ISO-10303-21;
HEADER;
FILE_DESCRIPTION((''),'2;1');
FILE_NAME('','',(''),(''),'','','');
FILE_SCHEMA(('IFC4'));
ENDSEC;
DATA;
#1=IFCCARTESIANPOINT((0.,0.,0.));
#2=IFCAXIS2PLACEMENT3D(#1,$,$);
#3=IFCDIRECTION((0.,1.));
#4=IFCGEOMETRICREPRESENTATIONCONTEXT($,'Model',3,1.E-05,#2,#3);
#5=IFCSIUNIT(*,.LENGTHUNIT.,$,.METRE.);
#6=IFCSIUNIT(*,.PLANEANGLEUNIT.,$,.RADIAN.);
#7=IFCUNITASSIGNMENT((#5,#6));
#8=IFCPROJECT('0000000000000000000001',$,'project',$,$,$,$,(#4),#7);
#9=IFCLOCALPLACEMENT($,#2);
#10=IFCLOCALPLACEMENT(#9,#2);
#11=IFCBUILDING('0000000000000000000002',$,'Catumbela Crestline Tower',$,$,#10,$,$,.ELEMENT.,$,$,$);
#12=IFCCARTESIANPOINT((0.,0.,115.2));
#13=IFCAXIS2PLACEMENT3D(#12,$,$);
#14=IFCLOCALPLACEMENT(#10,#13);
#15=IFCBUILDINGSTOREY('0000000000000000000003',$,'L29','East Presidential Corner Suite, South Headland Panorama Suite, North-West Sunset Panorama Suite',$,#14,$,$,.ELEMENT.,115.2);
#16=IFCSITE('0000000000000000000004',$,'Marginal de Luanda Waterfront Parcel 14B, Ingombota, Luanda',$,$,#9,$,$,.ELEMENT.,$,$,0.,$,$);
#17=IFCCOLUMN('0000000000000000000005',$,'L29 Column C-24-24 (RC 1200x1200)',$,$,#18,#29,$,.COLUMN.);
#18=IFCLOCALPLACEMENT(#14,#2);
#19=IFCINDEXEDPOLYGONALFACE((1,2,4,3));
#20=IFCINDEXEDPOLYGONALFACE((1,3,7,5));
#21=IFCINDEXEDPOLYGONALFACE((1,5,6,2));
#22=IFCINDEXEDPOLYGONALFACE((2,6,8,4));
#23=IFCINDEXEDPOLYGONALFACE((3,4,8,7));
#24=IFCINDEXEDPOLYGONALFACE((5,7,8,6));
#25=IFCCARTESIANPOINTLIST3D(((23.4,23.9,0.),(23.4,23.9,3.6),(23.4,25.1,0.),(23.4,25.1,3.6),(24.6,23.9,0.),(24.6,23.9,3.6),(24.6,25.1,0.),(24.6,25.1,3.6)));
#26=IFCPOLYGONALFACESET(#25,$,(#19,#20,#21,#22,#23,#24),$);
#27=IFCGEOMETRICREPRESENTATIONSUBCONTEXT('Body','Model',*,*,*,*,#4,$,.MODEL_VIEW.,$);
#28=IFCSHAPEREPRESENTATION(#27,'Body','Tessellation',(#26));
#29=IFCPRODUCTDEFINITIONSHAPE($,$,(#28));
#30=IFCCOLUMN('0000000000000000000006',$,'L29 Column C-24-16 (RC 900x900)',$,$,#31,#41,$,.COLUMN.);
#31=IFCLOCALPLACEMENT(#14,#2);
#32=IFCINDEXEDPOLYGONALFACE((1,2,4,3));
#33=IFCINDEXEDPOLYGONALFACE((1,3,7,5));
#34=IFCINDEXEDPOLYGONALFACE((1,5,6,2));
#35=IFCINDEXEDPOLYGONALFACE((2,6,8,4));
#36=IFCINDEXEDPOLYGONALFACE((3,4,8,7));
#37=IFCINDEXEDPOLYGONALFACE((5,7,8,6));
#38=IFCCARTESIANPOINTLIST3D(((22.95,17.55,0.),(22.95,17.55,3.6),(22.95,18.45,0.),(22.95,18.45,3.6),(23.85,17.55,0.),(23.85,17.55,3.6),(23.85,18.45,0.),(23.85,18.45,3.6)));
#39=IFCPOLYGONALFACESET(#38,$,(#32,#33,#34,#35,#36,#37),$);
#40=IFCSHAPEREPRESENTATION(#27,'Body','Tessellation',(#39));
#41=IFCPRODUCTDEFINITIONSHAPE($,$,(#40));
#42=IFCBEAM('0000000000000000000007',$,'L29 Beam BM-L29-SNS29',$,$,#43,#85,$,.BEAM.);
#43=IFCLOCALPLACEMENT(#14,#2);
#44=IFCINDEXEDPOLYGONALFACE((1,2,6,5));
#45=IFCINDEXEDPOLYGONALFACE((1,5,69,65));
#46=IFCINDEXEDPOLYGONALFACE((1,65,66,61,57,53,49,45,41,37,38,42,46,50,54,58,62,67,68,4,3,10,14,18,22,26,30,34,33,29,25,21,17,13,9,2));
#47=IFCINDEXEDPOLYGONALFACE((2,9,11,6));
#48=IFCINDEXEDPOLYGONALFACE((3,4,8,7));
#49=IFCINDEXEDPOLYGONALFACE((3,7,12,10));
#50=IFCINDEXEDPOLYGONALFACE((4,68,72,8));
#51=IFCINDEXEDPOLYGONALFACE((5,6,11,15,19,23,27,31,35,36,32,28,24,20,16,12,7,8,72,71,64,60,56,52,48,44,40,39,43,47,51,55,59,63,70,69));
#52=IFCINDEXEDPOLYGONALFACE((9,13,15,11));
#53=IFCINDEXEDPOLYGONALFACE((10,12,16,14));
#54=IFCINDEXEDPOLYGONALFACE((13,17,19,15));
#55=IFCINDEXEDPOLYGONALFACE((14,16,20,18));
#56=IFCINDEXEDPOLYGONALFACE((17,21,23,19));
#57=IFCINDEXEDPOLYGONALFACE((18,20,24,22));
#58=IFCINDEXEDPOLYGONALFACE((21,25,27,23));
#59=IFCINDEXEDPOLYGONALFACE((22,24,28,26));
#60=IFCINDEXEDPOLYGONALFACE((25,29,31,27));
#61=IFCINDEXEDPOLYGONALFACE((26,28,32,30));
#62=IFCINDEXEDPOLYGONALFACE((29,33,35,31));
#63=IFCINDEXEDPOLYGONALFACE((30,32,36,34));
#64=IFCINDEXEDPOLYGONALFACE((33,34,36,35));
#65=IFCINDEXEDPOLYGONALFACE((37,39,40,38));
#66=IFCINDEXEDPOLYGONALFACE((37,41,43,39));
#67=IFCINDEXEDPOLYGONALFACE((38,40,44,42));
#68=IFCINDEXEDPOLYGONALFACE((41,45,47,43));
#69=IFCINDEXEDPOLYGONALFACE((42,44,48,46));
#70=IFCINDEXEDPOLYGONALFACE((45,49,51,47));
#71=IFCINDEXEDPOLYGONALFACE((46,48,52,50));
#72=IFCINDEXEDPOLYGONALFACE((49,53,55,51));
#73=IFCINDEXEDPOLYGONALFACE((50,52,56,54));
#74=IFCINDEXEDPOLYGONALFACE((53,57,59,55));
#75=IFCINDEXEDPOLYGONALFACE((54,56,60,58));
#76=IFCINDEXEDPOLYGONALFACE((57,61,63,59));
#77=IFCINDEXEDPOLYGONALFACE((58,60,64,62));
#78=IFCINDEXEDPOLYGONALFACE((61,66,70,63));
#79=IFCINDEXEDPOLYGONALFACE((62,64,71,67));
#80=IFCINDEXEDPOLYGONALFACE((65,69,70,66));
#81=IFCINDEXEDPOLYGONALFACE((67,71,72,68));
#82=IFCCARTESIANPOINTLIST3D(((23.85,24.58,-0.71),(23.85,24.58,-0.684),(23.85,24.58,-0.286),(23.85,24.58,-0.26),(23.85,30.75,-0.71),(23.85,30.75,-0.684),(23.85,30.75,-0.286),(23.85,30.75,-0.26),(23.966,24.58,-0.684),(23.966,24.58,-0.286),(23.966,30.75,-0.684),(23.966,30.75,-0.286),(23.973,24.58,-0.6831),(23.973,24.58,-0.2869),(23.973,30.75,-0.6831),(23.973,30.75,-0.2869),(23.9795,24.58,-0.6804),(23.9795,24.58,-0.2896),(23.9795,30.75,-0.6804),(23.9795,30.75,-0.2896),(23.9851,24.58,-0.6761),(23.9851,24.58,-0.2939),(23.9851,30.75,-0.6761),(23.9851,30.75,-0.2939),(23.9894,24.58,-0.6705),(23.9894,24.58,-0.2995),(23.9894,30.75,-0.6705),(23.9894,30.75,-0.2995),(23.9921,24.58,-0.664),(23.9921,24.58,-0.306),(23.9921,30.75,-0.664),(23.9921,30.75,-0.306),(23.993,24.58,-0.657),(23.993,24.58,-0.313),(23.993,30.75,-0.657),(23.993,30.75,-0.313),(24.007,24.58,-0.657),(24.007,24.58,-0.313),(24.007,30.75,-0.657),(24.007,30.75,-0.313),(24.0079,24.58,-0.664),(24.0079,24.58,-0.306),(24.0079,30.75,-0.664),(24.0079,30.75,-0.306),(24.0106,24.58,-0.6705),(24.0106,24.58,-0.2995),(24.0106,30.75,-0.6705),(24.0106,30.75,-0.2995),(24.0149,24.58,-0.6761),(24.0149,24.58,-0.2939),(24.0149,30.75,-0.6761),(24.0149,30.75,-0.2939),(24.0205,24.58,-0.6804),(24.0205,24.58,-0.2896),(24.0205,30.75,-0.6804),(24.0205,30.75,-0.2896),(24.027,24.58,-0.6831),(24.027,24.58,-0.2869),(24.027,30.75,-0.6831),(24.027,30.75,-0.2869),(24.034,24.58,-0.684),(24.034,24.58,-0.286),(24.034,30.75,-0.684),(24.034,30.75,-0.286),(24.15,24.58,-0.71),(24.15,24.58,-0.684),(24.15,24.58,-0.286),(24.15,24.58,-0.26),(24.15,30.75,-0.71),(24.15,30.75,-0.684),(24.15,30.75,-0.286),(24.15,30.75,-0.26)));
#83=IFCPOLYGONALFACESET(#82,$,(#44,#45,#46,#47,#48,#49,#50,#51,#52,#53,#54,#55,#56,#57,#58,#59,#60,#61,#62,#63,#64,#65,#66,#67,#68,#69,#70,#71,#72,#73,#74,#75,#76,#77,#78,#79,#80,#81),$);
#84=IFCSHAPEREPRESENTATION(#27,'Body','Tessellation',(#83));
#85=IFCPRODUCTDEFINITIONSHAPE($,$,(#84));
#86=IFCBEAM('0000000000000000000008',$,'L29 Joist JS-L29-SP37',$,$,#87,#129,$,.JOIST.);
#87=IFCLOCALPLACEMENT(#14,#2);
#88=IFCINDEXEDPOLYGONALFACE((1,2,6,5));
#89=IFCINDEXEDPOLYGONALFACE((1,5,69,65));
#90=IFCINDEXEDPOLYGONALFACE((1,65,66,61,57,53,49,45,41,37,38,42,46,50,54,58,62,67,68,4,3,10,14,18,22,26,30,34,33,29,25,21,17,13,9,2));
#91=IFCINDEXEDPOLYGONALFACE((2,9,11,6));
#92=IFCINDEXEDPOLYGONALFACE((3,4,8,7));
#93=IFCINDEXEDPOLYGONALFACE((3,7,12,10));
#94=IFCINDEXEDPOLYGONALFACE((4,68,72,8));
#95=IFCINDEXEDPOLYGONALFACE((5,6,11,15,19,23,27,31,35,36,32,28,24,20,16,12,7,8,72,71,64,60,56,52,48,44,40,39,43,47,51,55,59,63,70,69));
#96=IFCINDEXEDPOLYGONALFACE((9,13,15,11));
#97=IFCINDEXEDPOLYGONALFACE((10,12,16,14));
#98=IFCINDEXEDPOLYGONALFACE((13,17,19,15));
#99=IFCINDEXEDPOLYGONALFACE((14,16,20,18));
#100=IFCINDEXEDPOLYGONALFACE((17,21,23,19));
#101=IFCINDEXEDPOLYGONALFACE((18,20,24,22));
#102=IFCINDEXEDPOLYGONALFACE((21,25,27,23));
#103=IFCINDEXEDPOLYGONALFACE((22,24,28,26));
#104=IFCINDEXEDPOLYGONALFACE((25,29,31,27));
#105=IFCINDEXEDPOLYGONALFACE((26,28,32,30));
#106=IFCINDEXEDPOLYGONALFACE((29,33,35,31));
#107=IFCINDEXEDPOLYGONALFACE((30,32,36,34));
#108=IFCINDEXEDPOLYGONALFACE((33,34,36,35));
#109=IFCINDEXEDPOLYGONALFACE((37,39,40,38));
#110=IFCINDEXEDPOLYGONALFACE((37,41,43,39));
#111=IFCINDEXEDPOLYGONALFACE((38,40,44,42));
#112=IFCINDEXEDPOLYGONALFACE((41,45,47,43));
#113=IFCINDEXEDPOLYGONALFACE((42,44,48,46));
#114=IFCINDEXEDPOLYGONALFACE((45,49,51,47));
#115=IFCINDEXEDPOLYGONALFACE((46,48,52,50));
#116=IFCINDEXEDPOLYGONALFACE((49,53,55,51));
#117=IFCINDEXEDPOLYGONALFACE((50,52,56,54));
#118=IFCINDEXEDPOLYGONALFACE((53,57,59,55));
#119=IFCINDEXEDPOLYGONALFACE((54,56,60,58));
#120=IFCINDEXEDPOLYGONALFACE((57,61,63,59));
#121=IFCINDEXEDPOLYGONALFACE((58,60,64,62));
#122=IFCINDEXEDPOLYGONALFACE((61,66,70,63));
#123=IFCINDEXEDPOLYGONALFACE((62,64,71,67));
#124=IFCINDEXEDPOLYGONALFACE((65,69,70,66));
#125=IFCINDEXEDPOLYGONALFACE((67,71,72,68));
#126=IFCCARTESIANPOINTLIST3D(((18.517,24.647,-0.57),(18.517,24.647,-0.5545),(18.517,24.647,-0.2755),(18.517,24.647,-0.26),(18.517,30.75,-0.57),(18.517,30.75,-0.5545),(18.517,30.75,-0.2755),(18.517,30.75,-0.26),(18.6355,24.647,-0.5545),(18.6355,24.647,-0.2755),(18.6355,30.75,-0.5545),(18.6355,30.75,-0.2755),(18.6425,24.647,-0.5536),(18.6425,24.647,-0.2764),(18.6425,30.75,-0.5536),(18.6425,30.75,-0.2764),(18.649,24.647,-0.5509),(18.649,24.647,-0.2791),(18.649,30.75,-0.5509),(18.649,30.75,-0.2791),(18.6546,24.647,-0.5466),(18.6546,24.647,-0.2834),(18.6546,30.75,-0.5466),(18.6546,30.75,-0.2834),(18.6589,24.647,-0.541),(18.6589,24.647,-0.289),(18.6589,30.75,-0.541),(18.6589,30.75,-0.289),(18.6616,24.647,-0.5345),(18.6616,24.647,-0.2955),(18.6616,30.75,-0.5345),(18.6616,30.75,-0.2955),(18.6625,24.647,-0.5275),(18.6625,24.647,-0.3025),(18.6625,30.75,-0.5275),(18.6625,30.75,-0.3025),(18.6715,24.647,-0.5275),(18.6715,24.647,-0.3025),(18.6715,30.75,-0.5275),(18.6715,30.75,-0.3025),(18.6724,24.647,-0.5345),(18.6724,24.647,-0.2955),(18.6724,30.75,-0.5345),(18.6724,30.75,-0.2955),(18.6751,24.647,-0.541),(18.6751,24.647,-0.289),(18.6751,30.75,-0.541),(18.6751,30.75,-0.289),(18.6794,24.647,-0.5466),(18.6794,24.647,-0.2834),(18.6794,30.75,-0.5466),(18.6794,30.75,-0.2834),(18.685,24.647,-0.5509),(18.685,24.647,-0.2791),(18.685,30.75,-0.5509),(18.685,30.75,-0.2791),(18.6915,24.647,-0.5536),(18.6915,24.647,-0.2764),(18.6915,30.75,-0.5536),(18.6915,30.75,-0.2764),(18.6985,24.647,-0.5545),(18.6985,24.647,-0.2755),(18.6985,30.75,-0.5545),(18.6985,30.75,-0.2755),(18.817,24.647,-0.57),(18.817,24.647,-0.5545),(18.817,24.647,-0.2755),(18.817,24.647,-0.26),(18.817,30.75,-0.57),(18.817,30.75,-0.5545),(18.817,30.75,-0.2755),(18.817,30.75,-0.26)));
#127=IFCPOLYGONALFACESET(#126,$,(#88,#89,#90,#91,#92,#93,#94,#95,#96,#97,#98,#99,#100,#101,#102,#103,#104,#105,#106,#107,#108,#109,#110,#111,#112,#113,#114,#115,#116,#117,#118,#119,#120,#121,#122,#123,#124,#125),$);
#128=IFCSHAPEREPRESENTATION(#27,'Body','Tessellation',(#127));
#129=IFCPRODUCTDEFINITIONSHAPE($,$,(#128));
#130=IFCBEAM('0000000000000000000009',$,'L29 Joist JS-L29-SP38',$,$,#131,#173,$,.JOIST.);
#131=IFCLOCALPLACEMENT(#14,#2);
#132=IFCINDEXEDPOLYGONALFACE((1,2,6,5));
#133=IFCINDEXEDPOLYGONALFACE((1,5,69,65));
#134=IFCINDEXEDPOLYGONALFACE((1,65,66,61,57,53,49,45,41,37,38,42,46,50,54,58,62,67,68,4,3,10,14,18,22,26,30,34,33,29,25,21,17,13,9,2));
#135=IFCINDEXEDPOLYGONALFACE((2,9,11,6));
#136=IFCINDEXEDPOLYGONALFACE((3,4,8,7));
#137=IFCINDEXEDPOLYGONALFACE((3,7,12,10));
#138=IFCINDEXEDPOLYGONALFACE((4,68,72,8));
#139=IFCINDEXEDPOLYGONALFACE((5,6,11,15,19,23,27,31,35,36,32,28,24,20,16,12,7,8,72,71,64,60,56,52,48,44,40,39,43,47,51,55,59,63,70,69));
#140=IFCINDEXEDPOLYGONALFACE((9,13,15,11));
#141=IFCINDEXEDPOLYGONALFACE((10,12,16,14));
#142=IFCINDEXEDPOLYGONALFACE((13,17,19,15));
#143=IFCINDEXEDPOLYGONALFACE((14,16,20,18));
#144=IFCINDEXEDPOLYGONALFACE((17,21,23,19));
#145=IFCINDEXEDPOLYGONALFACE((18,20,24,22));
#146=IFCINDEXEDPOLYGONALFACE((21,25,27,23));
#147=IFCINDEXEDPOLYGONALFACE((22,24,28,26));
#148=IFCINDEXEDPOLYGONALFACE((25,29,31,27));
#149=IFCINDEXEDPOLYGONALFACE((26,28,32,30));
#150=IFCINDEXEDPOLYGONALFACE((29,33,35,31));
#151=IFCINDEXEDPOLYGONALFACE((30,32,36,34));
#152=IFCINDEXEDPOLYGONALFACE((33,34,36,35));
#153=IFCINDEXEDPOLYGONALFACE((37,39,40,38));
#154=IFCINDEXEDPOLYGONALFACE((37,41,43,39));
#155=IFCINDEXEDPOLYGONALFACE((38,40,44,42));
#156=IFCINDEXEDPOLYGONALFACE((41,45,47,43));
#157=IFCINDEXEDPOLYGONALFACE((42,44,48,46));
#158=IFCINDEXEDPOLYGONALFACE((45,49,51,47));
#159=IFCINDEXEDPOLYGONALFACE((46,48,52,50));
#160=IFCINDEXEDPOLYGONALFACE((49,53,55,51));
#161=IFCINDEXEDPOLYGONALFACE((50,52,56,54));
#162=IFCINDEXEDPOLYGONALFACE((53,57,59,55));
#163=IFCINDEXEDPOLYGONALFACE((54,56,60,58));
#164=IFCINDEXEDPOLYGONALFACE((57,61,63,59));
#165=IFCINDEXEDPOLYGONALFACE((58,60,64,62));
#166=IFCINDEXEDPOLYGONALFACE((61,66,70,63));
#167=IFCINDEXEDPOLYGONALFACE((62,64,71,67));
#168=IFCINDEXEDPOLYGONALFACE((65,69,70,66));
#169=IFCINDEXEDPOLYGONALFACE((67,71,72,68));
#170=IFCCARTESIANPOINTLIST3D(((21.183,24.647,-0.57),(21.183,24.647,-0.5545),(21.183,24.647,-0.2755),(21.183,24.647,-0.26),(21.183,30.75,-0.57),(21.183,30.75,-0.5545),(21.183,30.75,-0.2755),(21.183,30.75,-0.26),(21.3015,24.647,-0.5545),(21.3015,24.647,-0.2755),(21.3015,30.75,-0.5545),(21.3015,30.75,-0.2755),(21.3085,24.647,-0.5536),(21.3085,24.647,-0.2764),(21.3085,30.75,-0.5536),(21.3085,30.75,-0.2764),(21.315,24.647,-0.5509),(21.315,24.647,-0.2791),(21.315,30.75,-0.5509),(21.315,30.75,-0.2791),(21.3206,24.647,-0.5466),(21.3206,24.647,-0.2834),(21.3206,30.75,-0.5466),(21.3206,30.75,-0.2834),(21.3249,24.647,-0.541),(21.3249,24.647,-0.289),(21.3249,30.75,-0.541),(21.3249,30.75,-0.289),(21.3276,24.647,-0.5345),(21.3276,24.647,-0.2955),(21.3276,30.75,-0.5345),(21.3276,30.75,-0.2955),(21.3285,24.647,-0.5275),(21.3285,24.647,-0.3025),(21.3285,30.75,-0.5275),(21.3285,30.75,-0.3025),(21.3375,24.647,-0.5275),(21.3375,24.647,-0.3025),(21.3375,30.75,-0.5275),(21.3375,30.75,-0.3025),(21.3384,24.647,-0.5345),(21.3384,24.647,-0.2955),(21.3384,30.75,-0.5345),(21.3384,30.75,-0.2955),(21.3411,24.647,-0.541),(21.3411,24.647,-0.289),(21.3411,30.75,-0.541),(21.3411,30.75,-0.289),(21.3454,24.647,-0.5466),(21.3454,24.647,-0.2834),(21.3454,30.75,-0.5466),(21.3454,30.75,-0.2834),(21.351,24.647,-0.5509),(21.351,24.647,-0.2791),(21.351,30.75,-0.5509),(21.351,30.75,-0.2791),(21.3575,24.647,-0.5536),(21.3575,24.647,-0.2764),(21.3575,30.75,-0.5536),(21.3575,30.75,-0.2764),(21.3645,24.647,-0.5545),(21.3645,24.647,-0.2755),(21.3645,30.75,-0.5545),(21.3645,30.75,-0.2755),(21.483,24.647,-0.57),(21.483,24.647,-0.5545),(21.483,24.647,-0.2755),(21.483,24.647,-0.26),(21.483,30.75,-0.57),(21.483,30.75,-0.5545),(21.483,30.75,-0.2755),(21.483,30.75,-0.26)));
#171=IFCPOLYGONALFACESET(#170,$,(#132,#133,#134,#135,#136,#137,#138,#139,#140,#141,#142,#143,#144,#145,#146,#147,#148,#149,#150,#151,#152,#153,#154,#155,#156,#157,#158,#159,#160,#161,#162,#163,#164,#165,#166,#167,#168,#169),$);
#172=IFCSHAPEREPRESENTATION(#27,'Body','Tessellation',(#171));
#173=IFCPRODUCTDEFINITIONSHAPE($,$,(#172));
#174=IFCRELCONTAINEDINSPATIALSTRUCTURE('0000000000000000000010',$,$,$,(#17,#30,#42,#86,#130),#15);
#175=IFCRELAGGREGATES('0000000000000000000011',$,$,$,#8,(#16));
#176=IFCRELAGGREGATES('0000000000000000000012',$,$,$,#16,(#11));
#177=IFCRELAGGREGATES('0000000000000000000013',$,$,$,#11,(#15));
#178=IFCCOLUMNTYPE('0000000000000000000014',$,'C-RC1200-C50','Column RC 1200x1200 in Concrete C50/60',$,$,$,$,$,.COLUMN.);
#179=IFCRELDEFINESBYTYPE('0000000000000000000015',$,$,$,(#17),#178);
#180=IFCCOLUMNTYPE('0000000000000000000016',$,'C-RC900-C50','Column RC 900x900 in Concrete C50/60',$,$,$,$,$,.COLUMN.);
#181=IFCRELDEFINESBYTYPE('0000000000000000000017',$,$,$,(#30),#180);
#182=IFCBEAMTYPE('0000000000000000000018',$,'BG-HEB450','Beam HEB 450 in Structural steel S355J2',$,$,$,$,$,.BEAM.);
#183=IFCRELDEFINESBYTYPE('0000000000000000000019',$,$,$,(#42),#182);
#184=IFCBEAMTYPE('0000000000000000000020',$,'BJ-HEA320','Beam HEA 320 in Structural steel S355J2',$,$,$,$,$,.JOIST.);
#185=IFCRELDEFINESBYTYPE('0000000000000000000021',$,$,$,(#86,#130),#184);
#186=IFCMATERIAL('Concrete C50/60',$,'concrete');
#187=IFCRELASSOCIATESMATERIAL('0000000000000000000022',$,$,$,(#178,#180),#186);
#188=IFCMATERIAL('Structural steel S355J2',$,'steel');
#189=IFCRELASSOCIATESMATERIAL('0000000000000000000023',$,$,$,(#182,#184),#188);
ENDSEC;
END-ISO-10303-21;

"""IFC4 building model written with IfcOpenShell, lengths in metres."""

from ifc_helpers import new_model, si_unit, direction, frame, origin, origin_2d, place, context, subcontext, project, spatial, rectangle, i_section, extrude, material, material_profile, profile_set, type_object, element, save


model = new_model("IFC4")

# Units and contexts
model_context = context("Model", 3, precision=1e-05, world=origin(), true_north=direction((0.0, 1.0)))
body_context = subcontext(model_context, "Body", "Model", "MODEL_VIEW")
ifc_project = project(units=[si_unit("LENGTHUNIT", "METRE"), si_unit("PLANEANGLEUNIT", "RADIAN")], contexts=[model_context])

# Site, building, storey
site_placement = place(None, origin())
site = spatial("IfcSite", under=ifc_project, at=site_placement, Name="Marginal de Luanda Waterfront Parcel 14B, Ingombota, Luanda", CompositionType="ELEMENT", RefElevation=0.0)
building_placement = place(site_placement, origin())
building = spatial("IfcBuilding", under=site, at=building_placement, Name="Catumbela Crestline Tower", CompositionType="ELEMENT")
storey_placement = place(building_placement, frame((0.0, 0.0, 115.2)))
storey = spatial("IfcBuildingStorey", under=building, at=storey_placement, Name="L29", Description="East Presidential Corner Suite, South Headland Panorama Suite, North-West Sunset Panorama Suite", CompositionType="ELEMENT", Elevation=115.2)

# Columns
ifc_material_1 = material(Name="Concrete C50/60", Category="concrete")
ifc_material_profile_1 = material_profile(ifc_material_1, rectangle(XDim=1.2, YDim=1.2, at=origin_2d()), Name="RC 1200x1200")
ifc_profile_set_1 = profile_set([ifc_material_profile_1], Name="Concrete C50/60")
column_type_1 = type_object("IfcColumnType", Name="C-RC1200-C50", Description="Column RC 1200x1200 in Concrete C50/60", PredefinedType="COLUMN", material=ifc_profile_set_1)
column_1_placement = place(storey_placement, frame((24.0, 24.5, 0.0), z_axis=(0.0, 0.0, 1.0), x_axis=(1.0, 0.0, 0.0)))
element("IfcColumn", 1, at=column_1_placement, inside=storey, type_object=column_type_1, Name="L29 Column C-24-24 (RC 1200x1200)", PredefinedType="COLUMN", context=body_context, shape_type="SweptSolid", body=[
    extrude(rectangle(XDim=1.2, YDim=1.2, at=origin_2d()), origin(), (0.0, 0.0, 1.0), 3.6),
])
ifc_material_profile_2 = material_profile(ifc_material_1, rectangle(XDim=0.9, YDim=0.9, at=origin_2d()), Name="RC 900x900")
ifc_profile_set_2 = profile_set([ifc_material_profile_2], Name="Concrete C50/60")
column_type_2 = type_object("IfcColumnType", Name="C-RC900-C50", Description="Column RC 900x900 in Concrete C50/60", PredefinedType="COLUMN", material=ifc_profile_set_2)
column_2_placement = place(storey_placement, frame((23.4, 18.0, 0.0), z_axis=(0.0, 0.0, 1.0), x_axis=(1.0, 0.0, 0.0)))
element("IfcColumn", 2, at=column_2_placement, inside=storey, type_object=column_type_2, Name="L29 Column C-24-16 (RC 900x900)", PredefinedType="COLUMN", context=body_context, shape_type="SweptSolid", body=[
    extrude(rectangle(XDim=0.9, YDim=0.9, at=origin_2d()), origin(), (0.0, 0.0, 1.0), 3.6),
])

# Beams
ifc_material_2 = material(Name="Structural steel S355J2", Category="steel")
ifc_material_profile_3 = material_profile(ifc_material_2, i_section(OverallWidth=0.3, OverallDepth=0.45, WebThickness=0.014, FlangeThickness=0.026, FilletRadius=0.027, at=origin_2d()), Name="HEB 450")
ifc_profile_set_3 = profile_set([ifc_material_profile_3], Name="Structural steel S355J2")
beam_type_1 = type_object("IfcBeamType", Name="BG-HEB450", Description="Beam HEB 450 in Structural steel S355J2", PredefinedType="BEAM", material=ifc_profile_set_3)
beam_1_placement = place(storey_placement, frame((24.0, 24.58, -0.485), z_axis=(0.0, 1.0, 0.0), x_axis=(-1.0, 0.0, 0.0)))
element("IfcBeam", 3, at=beam_1_placement, inside=storey, type_object=beam_type_1, Name="L29 Beam BM-L29-SNS29", PredefinedType="BEAM", context=body_context, shape_type="SweptSolid", body=[
    extrude(i_section(OverallWidth=0.3, OverallDepth=0.45, WebThickness=0.014, FlangeThickness=0.026, FilletRadius=0.027, at=origin_2d()), origin(), (0.0, 0.0, 1.0), 6.17),
])
ifc_material_profile_4 = material_profile(ifc_material_2, i_section(OverallWidth=0.3, OverallDepth=0.31, WebThickness=0.009, FlangeThickness=0.0155, FilletRadius=0.027, at=origin_2d()), Name="HEA 320")
ifc_profile_set_4 = profile_set([ifc_material_profile_4], Name="Structural steel S355J2")
beam_type_2 = type_object("IfcBeamType", Name="BJ-HEA320", Description="Beam HEA 320 in Structural steel S355J2", PredefinedType="JOIST", material=ifc_profile_set_4)
for number, where, z_axis, x_axis, name in (
    (4, (18.667, 24.647, -0.415), (0.0, 1.0, 0.0), (-1.0, 0.0, 0.0), "L29 Joist JS-L29-SP37"),
    (5, (21.333, 24.647, -0.415), (0.0, 1.0, 0.0), (-1.0, 0.0, 0.0), "L29 Joist JS-L29-SP38"),
):
    element("IfcBeam", number, at=place(storey_placement, frame(where, z_axis=z_axis, x_axis=x_axis)), inside=storey, type_object=beam_type_2, Name=name, PredefinedType="JOIST", context=body_context, shape_type="SweptSolid", body=[
        extrude(i_section(OverallWidth=0.3, OverallDepth=0.31, WebThickness=0.009, FlangeThickness=0.0155, FilletRadius=0.027, at=origin_2d()), origin(), (0.0, 0.0, 1.0), 6.103),
    ])

save(model, "model.ifc")
